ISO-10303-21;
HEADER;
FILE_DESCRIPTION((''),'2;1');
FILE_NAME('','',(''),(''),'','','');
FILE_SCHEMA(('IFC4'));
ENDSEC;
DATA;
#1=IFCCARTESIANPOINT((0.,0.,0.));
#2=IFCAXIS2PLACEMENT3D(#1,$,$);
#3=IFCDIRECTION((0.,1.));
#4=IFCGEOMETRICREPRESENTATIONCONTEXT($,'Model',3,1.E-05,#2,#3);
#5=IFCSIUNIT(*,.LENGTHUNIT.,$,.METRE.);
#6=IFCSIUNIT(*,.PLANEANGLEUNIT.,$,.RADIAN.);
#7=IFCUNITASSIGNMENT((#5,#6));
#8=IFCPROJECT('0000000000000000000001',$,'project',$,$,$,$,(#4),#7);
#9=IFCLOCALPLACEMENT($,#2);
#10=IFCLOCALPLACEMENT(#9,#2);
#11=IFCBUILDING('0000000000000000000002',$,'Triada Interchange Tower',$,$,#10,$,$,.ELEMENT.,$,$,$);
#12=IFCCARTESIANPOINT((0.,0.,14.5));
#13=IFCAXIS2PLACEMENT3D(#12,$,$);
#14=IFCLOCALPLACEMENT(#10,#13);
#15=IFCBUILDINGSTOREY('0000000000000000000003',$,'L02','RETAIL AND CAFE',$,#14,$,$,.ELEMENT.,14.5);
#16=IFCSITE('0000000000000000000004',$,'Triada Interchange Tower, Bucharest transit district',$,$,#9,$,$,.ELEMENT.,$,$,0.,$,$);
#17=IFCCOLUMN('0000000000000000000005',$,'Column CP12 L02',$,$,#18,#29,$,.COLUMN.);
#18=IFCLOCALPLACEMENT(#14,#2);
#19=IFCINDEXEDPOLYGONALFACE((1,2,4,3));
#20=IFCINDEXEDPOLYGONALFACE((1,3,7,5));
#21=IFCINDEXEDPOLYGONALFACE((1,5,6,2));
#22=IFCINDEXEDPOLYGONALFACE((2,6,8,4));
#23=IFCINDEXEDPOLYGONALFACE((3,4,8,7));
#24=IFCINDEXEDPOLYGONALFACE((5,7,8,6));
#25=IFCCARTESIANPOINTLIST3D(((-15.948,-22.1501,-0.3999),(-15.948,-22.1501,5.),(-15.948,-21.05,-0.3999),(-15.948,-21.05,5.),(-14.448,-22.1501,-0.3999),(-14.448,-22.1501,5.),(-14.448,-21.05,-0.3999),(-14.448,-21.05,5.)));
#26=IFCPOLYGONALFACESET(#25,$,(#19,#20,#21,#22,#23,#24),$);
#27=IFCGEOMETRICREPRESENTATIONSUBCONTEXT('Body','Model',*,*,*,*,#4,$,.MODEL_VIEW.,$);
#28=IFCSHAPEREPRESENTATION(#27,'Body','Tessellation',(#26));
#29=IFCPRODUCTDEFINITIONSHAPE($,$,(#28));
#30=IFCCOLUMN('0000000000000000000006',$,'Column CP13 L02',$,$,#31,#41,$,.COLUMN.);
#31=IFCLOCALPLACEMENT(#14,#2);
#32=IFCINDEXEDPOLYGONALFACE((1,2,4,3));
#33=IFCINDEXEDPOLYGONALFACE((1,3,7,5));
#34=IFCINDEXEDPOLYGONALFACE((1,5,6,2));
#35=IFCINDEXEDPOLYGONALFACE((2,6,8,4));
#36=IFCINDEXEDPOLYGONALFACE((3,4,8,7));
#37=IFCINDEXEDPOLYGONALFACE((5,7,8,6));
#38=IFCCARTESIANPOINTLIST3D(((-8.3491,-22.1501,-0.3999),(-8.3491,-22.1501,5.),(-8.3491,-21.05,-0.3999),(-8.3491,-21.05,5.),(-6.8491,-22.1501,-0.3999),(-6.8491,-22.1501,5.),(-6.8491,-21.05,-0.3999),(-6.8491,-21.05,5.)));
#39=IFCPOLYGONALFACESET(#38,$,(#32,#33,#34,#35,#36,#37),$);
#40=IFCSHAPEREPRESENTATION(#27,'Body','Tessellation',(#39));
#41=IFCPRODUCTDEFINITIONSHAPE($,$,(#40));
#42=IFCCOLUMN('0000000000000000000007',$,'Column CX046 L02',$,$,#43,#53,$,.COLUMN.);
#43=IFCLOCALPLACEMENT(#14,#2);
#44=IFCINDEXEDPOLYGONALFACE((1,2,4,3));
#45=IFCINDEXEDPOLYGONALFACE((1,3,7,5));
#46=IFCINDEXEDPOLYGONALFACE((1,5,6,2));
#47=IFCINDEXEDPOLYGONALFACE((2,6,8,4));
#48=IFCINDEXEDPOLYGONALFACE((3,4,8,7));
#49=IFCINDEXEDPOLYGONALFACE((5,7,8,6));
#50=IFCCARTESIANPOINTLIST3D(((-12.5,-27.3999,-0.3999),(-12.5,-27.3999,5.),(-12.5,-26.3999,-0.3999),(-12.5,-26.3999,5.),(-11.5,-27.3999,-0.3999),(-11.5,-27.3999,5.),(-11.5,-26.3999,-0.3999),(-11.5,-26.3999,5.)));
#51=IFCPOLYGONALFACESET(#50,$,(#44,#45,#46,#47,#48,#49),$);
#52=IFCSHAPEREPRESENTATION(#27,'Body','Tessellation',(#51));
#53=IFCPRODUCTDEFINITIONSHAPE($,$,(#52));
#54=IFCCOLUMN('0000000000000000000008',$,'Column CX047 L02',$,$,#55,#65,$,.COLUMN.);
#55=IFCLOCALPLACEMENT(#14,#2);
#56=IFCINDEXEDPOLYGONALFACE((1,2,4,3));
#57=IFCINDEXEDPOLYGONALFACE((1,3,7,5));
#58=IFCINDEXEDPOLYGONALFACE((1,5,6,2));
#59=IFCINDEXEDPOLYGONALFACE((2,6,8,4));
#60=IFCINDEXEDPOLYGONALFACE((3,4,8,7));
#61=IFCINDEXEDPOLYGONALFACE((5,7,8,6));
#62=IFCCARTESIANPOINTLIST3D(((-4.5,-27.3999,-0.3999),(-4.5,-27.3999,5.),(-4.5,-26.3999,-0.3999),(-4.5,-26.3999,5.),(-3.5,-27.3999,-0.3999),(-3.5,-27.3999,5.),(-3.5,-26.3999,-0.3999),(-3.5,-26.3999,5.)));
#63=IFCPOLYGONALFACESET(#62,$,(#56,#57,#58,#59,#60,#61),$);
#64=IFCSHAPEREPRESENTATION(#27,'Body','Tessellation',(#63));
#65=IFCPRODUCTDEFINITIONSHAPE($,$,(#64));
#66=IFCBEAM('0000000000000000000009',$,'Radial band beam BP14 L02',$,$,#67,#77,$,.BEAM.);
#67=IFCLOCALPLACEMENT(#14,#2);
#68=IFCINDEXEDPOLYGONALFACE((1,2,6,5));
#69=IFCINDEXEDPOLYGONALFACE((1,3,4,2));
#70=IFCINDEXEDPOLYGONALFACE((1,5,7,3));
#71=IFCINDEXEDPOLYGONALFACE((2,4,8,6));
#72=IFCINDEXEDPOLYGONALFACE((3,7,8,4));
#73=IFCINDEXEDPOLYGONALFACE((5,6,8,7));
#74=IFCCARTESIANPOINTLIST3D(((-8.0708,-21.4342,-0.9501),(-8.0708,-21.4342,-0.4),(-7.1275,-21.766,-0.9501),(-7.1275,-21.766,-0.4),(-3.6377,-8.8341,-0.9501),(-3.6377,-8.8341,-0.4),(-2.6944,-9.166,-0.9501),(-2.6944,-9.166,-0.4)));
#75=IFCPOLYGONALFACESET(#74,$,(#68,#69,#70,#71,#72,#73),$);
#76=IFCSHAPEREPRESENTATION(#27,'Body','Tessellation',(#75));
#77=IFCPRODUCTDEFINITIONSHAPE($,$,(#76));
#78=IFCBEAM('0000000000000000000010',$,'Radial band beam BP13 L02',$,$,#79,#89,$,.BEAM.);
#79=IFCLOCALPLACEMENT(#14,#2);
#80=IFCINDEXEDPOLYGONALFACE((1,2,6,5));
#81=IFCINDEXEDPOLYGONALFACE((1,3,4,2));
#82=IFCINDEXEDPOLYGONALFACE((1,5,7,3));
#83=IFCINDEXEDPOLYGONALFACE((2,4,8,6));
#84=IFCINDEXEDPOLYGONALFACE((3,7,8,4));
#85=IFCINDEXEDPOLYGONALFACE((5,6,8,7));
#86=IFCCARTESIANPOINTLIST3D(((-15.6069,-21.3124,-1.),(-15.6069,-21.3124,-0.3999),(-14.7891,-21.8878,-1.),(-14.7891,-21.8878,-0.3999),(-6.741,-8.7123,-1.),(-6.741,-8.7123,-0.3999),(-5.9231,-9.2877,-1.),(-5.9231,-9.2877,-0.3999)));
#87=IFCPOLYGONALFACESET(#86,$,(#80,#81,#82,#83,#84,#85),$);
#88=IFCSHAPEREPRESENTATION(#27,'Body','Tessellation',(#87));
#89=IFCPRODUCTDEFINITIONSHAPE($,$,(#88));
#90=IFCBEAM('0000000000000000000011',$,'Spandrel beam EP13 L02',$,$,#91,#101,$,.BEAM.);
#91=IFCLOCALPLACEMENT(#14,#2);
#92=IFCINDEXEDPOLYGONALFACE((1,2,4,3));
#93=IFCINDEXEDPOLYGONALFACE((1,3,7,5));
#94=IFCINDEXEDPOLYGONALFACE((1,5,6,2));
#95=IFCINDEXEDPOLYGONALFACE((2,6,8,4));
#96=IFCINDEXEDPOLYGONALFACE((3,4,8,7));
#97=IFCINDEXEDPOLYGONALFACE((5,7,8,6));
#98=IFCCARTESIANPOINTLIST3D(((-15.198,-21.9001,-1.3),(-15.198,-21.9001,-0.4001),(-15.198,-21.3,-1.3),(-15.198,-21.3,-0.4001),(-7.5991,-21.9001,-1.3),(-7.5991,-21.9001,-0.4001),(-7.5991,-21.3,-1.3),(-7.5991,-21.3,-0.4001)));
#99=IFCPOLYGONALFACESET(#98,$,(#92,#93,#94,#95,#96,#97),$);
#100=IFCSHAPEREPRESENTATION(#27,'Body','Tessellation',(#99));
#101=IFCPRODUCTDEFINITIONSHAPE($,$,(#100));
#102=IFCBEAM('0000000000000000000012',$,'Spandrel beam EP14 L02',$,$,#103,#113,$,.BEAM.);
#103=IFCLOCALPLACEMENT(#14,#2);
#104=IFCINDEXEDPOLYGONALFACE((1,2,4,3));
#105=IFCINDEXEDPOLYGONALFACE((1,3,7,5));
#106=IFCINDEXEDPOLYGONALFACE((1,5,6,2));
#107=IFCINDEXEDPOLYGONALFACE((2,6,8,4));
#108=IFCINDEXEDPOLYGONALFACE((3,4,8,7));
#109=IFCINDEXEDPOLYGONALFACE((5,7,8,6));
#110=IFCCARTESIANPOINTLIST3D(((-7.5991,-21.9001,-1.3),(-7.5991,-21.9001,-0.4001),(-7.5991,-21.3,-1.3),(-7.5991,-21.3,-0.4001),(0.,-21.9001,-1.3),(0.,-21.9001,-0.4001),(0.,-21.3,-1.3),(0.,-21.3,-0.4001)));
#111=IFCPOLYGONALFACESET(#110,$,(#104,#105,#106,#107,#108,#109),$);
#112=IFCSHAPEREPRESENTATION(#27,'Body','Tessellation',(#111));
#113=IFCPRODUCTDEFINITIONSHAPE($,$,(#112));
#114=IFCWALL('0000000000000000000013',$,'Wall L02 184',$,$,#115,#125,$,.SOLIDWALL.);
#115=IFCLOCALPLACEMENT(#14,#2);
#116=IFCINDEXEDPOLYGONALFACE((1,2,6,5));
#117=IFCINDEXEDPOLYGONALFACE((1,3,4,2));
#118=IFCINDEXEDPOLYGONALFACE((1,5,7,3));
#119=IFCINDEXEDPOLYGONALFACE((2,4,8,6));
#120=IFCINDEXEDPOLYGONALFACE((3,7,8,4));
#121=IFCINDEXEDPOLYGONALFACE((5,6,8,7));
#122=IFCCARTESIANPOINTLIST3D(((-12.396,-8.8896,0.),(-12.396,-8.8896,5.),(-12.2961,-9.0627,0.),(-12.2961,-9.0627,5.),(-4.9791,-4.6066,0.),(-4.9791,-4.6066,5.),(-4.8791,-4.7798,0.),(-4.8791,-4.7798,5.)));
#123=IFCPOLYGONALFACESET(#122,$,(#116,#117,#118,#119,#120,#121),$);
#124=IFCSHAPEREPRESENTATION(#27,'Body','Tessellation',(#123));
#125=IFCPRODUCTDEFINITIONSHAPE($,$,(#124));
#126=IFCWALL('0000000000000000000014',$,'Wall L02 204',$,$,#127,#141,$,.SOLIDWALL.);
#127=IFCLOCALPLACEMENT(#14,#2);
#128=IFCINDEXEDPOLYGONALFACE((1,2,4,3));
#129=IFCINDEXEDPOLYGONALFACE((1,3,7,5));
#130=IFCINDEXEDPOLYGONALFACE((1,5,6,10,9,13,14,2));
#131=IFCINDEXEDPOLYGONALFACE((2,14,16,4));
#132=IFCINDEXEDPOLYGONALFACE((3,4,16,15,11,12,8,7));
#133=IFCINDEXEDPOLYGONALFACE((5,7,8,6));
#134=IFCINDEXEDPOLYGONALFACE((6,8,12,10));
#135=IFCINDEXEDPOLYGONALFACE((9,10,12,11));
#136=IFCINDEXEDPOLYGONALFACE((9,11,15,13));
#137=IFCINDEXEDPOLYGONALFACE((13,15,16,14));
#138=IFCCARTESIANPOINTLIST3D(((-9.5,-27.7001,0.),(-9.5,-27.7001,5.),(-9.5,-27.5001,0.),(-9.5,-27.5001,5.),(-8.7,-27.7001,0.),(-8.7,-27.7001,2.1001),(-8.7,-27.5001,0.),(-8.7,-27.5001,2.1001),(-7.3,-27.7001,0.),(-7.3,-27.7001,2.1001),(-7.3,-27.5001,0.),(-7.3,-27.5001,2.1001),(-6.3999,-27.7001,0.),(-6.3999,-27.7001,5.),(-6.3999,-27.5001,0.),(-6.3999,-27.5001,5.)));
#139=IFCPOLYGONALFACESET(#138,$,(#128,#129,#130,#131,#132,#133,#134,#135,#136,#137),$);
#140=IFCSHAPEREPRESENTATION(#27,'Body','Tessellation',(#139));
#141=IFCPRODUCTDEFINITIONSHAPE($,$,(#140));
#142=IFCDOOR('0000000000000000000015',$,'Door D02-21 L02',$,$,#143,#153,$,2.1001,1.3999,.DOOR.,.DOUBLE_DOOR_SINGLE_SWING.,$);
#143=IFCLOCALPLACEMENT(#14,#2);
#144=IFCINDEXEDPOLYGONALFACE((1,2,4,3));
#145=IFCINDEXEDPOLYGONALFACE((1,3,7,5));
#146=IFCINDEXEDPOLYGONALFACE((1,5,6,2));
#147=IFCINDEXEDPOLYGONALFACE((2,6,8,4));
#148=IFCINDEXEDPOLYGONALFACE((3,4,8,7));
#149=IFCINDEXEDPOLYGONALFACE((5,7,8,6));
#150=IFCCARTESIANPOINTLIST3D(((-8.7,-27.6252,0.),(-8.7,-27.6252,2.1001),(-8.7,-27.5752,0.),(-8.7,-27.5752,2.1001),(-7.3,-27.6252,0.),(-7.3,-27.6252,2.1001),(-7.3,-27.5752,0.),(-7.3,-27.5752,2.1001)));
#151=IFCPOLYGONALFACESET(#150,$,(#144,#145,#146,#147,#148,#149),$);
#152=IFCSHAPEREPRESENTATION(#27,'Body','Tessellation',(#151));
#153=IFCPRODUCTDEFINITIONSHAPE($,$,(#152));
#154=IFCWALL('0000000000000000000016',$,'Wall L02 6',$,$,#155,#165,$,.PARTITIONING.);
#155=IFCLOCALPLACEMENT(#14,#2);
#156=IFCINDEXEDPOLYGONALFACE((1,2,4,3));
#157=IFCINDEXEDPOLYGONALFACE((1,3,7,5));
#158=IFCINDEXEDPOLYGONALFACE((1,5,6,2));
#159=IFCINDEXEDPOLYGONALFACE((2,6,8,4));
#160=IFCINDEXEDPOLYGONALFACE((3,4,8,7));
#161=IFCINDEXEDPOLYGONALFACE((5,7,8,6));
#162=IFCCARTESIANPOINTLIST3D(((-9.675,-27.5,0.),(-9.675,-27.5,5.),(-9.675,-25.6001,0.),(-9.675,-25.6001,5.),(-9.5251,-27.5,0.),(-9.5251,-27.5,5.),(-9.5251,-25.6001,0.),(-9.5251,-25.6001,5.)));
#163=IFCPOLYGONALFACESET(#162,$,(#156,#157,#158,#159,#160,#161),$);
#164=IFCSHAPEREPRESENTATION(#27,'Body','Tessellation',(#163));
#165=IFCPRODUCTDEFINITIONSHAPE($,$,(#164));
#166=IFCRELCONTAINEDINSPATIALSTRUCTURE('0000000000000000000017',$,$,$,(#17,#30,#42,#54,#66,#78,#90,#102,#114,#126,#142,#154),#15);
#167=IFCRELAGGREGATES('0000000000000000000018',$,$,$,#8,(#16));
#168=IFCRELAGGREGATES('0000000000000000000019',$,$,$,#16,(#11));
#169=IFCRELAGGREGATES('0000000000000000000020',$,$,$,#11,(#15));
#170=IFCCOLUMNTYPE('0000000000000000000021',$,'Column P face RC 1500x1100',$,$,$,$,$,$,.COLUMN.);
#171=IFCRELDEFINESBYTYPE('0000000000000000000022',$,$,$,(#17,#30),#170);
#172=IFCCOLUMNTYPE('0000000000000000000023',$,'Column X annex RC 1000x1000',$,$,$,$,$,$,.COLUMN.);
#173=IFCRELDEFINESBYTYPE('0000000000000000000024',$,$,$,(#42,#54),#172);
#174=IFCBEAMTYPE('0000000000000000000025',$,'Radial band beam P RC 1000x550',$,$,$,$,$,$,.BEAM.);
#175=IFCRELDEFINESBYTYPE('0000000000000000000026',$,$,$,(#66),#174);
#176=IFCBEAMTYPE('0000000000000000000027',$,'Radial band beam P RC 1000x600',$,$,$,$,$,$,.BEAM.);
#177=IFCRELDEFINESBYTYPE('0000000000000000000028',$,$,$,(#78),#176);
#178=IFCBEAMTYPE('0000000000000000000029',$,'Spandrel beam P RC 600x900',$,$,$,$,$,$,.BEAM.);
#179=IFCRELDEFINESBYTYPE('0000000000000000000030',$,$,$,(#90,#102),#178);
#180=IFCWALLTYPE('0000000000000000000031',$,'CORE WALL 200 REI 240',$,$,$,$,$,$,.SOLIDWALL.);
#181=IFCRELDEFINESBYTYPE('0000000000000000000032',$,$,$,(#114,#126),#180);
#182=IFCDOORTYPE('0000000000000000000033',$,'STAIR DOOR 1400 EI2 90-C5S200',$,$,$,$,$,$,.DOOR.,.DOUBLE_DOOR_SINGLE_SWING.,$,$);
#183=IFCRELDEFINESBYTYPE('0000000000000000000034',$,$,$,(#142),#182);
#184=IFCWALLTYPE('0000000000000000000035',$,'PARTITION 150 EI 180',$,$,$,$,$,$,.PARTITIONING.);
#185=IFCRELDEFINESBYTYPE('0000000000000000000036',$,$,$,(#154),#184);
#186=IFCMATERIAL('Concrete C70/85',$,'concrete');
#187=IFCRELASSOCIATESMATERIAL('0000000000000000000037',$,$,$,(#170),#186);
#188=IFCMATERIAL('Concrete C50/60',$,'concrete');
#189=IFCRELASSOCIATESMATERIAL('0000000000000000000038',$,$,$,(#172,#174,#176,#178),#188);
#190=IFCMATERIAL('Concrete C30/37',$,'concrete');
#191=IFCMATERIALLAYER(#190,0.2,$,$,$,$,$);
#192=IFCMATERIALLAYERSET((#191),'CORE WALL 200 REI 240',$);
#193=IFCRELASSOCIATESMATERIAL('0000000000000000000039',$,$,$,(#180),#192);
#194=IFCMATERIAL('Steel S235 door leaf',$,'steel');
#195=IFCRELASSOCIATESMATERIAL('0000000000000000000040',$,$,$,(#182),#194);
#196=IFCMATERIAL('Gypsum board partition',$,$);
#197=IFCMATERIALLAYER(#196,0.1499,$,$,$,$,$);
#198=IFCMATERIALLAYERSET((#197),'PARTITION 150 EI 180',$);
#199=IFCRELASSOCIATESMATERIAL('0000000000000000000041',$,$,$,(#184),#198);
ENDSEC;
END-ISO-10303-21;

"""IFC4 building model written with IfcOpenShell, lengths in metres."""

from ifc_helpers import new_model, si_unit, direction, frame, frame_2d, origin, origin_2d, place, context, subcontext, project, spatial, rectangle, extrude, material, layer, layer_set, material_profile, profile_set, type_object, element, fill, save


model = new_model("IFC4")

# Units and contexts
model_context = context("Model", 3, precision=1e-05, world=origin(), true_north=direction((0.0, 1.0)))
body_context = subcontext(model_context, "Body", "Model", "MODEL_VIEW")
ifc_project = project(units=[si_unit("LENGTHUNIT", "METRE"), si_unit("PLANEANGLEUNIT", "RADIAN")], contexts=[model_context])

# Site, building, storey
site_placement = place(None, origin())
site = spatial("IfcSite", under=ifc_project, at=site_placement, Name="Triada Interchange Tower, Bucharest transit district", CompositionType="ELEMENT", RefElevation=0.0)
building_placement = place(site_placement, origin())
building = spatial("IfcBuilding", under=site, at=building_placement, Name="Triada Interchange Tower", CompositionType="ELEMENT")
storey_placement = place(building_placement, frame((0.0, 0.0, 14.5)))
storey = spatial("IfcBuildingStorey", under=building, at=storey_placement, Name="L02", Description="RETAIL AND CAFE", CompositionType="ELEMENT", Elevation=14.5)

# Columns
ifc_material_1 = material(Name="Concrete C70/85", Category="concrete")
ifc_material_profile_1 = material_profile(ifc_material_1, rectangle(XDim=1.5, YDim=1.1001, at=origin_2d()), Name="RC 1500x1100")
ifc_profile_set_1 = profile_set([ifc_material_profile_1], Name="Concrete C70/85")
column_type_1 = type_object("IfcColumnType", Name="Column P face RC 1500x1100", PredefinedType="COLUMN", material=ifc_profile_set_1)
for number, where, z_axis, x_axis, name in (
    (1, (-15.198, -21.6001, -0.3999), (0.0, 0.0, 1.0), (1.0, 0.0, 0.0), "Column CP12 L02"),
    (2, (-7.5991, -21.6001, -0.3999), (0.0, 0.0, 1.0), (1.0, 0.0, 0.0), "Column CP13 L02"),
):
    element("IfcColumn", number, at=place(storey_placement, frame(where, z_axis=z_axis, x_axis=x_axis)), inside=storey, type_object=column_type_1, Name=name, PredefinedType="COLUMN", context=body_context, shape_type="SweptSolid", body=[
        extrude(rectangle(XDim=1.5, YDim=1.1001, at=origin_2d()), origin(), (0.0, 0.0, 1.0), 5.3999),
    ])
ifc_material_2 = material(Name="Concrete C50/60", Category="concrete")
ifc_material_profile_2 = material_profile(ifc_material_2, rectangle(XDim=1.0, YDim=1.0, at=origin_2d()), Name="RC 1000x1000")
ifc_profile_set_2 = profile_set([ifc_material_profile_2], Name="Concrete C50/60")
column_type_2 = type_object("IfcColumnType", Name="Column X annex RC 1000x1000", PredefinedType="COLUMN", material=ifc_profile_set_2)
for number, where, z_axis, x_axis, name in (
    (3, (-12.0, -26.8999, -0.3999), (0.0, 0.0, 1.0), (1.0, 0.0, 0.0), "Column CX046 L02"),
    (4, (-4.0, -26.8999, -0.3999), (0.0, 0.0, 1.0), (1.0, 0.0, 0.0), "Column CX047 L02"),
):
    element("IfcColumn", number, at=place(storey_placement, frame(where, z_axis=z_axis, x_axis=x_axis)), inside=storey, type_object=column_type_2, Name=name, PredefinedType="COLUMN", context=body_context, shape_type="SweptSolid", body=[
        extrude(rectangle(XDim=1.0, YDim=1.0, at=origin_2d()), origin(), (0.0, 0.0, 1.0), 5.3999),
    ])

# Beams
ifc_material_profile_3 = material_profile(ifc_material_2, rectangle(XDim=1.0, YDim=0.55, at=origin_2d()), Name="RC 1000x550")
ifc_profile_set_3 = profile_set([ifc_material_profile_3], Name="Concrete C50/60")
beam_type_1 = type_object("IfcBeamType", Name="Radial band beam P RC 1000x550", PredefinedType="BEAM", material=ifc_profile_set_3)
beam_1_placement = place(storey_placement, frame((-7.5991, -21.6001, -0.675), z_axis=(0.331889, 0.943319, 0.0), x_axis=(-0.943319, 0.331889, 0.0)))
element("IfcBeam", 5, at=beam_1_placement, inside=storey, type_object=beam_type_1, Name="Radial band beam BP14 L02", PredefinedType="BEAM", context=body_context, shape_type="SweptSolid", body=[
    extrude(rectangle(XDim=1.0, YDim=0.55, at=origin_2d()), origin(), (0.0, 0.0, 1.0), 13.3572),
])
ifc_material_profile_4 = material_profile(ifc_material_2, rectangle(XDim=1.0, YDim=0.6001, at=origin_2d()), Name="RC 1000x600")
ifc_profile_set_4 = profile_set([ifc_material_profile_4], Name="Concrete C50/60")
beam_type_2 = type_object("IfcBeamType", Name="Radial band beam P RC 1000x600", PredefinedType="BEAM", material=ifc_profile_set_4)
beam_2_placement = place(storey_placement, frame((-15.198, -21.6001, -0.7), z_axis=(0.57546, 0.81783, 0.0), x_axis=(-0.81783, 0.57546, 0.0)))
element("IfcBeam", 6, at=beam_2_placement, inside=storey, type_object=beam_type_2, Name="Radial band beam BP13 L02", PredefinedType="BEAM", context=body_context, shape_type="SweptSolid", body=[
    extrude(rectangle(XDim=1.0, YDim=0.6001, at=origin_2d()), origin(), (0.0, 0.0, 1.0), 15.4067),
])
ifc_material_profile_5 = material_profile(ifc_material_2, rectangle(XDim=0.6001, YDim=0.8999, at=origin_2d()), Name="RC 600x900")
ifc_profile_set_5 = profile_set([ifc_material_profile_5], Name="Concrete C50/60")
beam_type_3 = type_object("IfcBeamType", Name="Spandrel beam P RC 600x900", PredefinedType="BEAM", material=ifc_profile_set_5)
beam_3_placement = place(storey_placement, frame((-15.198, -21.6001, -0.8501), z_axis=(1.0, 0.0, 0.0), x_axis=(0.0, 1.0, 0.0)))
element("IfcBeam", 7, at=beam_3_placement, inside=storey, type_object=beam_type_3, Name="Spandrel beam EP13 L02", PredefinedType="BEAM", context=body_context, shape_type="SweptSolid", body=[
    extrude(rectangle(XDim=0.6001, YDim=0.8999, at=origin_2d()), origin(), (0.0, 0.0, 1.0), 7.5989),
])
beam_4_placement = place(storey_placement, frame((-7.5991, -21.6001, -0.8501), z_axis=(1.0, 0.0, 0.0), x_axis=(0.0, 1.0, 0.0)))
element("IfcBeam", 8, at=beam_4_placement, inside=storey, type_object=beam_type_3, Name="Spandrel beam EP14 L02", PredefinedType="BEAM", context=body_context, shape_type="SweptSolid", body=[
    extrude(rectangle(XDim=0.6001, YDim=0.8999, at=origin_2d()), origin(), (0.0, 0.0, 1.0), 7.5991),
])

# Wall
ifc_material_3 = material(Name="Concrete C30/37", Category="concrete")
ifc_layer_1 = layer(ifc_material_3, 0.2)
ifc_layer_set_1 = layer_set([ifc_layer_1], Name="CORE WALL 200 REI 240")
wall_type_1 = type_object("IfcWallType", Name="CORE WALL 200 REI 240", PredefinedType="SOLIDWALL", material=ifc_layer_set_1)
wall_1_placement = place(storey_placement, frame((-12.3459, -8.9761, 0.0), z_axis=(0.0, 0.0, 1.0), x_axis=(0.865987, 0.500066, 0.0)))
element("IfcWall", 9, at=wall_1_placement, inside=storey, type_object=wall_type_1, Name="Wall L02 184", PredefinedType="SOLIDWALL", context=body_context, shape_type="SweptSolid", body=[
    extrude(rectangle(XDim=8.5647, YDim=0.2, at=frame_2d((4.2822, 0.0))), origin(), (0.0, 0.0, 1.0), 5.0),
])

# Wall, opening, door
wall_2_placement = place(storey_placement, frame((-9.5, -27.6001, 0.0), z_axis=(0.0, 0.0, 1.0), x_axis=(1.0, 0.0, 0.0)))
wall_2 = element("IfcWall", 10, at=wall_2_placement, inside=storey, type_object=wall_type_1, Name="Wall L02 204", PredefinedType="SOLIDWALL", context=body_context, shape_type="SweptSolid", body=[
    extrude(rectangle(XDim=3.1001, YDim=0.2, at=frame_2d((1.55, 0.0))), origin(), (0.0, 0.0, 1.0), 5.0),
])
opening_1_placement = place(wall_2_placement, frame((0.8, 0.0, 0.0)))
opening_1 = element("IfcOpeningElement", 11, at=opening_1_placement, cuts=wall_2, PredefinedType="OPENING", context=body_context, shape_type="SweptSolid", body=[
    extrude(rectangle(XDim=1.3999, YDim=2.1001, at=frame_2d((0.7, 1.05))), frame((0.0, 0.1099, 0.0), z_axis=(0.0, -1.0, 0.0), x_axis=(1.0, 0.0, 0.0)), (0.0, 0.0, 1.0), 0.22),
])
ifc_material_4 = material(Name="Steel S235 door leaf", Category="steel")
door_type_1 = type_object("IfcDoorType", Name="STAIR DOOR 1400 EI2 90-C5S200", OperationType="DOUBLE_DOOR_SINGLE_SWING", PredefinedType="DOOR", material=ifc_material_4)
door_1_placement = place(opening_1_placement, origin())
door_1 = element("IfcDoor", 12, at=door_1_placement, inside=storey, type_object=door_type_1, Name="Door D02-21 L02", OperationType="DOUBLE_DOOR_SINGLE_SWING", OverallHeight=2.1001, OverallWidth=1.3999, PredefinedType="DOOR", context=body_context, shape_type="SweptSolid", body=[
    extrude(rectangle(XDim=1.3999, YDim=2.1001, at=frame_2d((0.7, 1.05))), frame((0.0, 0.0249, 0.0), z_axis=(0.0, -1.0, 0.0), x_axis=(1.0, 0.0, 0.0)), (0.0, 0.0, 1.0), 0.05),
])
fill(opening_1, door_1)

# Wall
ifc_material_5 = material(Name="Gypsum board partition")
ifc_layer_2 = layer(ifc_material_5, 0.1499)
ifc_layer_set_2 = layer_set([ifc_layer_2], Name="PARTITION 150 EI 180")
wall_type_2 = type_object("IfcWallType", Name="PARTITION 150 EI 180", PredefinedType="PARTITIONING", material=ifc_layer_set_2)
wall_3_placement = place(storey_placement, frame((-9.6001, -27.5, 0.0), z_axis=(0.0, 0.0, 1.0), x_axis=(0.0, 1.0, 0.0)))
element("IfcWall", 13, at=wall_3_placement, inside=storey, type_object=wall_type_2, Name="Wall L02 6", PredefinedType="PARTITIONING", context=body_context, shape_type="SweptSolid", body=[
    extrude(rectangle(XDim=1.8999, YDim=0.1499, at=frame_2d((0.95, 0.0))), origin(), (0.0, 0.0, 1.0), 5.0),
])

save(model, "model.ifc")
